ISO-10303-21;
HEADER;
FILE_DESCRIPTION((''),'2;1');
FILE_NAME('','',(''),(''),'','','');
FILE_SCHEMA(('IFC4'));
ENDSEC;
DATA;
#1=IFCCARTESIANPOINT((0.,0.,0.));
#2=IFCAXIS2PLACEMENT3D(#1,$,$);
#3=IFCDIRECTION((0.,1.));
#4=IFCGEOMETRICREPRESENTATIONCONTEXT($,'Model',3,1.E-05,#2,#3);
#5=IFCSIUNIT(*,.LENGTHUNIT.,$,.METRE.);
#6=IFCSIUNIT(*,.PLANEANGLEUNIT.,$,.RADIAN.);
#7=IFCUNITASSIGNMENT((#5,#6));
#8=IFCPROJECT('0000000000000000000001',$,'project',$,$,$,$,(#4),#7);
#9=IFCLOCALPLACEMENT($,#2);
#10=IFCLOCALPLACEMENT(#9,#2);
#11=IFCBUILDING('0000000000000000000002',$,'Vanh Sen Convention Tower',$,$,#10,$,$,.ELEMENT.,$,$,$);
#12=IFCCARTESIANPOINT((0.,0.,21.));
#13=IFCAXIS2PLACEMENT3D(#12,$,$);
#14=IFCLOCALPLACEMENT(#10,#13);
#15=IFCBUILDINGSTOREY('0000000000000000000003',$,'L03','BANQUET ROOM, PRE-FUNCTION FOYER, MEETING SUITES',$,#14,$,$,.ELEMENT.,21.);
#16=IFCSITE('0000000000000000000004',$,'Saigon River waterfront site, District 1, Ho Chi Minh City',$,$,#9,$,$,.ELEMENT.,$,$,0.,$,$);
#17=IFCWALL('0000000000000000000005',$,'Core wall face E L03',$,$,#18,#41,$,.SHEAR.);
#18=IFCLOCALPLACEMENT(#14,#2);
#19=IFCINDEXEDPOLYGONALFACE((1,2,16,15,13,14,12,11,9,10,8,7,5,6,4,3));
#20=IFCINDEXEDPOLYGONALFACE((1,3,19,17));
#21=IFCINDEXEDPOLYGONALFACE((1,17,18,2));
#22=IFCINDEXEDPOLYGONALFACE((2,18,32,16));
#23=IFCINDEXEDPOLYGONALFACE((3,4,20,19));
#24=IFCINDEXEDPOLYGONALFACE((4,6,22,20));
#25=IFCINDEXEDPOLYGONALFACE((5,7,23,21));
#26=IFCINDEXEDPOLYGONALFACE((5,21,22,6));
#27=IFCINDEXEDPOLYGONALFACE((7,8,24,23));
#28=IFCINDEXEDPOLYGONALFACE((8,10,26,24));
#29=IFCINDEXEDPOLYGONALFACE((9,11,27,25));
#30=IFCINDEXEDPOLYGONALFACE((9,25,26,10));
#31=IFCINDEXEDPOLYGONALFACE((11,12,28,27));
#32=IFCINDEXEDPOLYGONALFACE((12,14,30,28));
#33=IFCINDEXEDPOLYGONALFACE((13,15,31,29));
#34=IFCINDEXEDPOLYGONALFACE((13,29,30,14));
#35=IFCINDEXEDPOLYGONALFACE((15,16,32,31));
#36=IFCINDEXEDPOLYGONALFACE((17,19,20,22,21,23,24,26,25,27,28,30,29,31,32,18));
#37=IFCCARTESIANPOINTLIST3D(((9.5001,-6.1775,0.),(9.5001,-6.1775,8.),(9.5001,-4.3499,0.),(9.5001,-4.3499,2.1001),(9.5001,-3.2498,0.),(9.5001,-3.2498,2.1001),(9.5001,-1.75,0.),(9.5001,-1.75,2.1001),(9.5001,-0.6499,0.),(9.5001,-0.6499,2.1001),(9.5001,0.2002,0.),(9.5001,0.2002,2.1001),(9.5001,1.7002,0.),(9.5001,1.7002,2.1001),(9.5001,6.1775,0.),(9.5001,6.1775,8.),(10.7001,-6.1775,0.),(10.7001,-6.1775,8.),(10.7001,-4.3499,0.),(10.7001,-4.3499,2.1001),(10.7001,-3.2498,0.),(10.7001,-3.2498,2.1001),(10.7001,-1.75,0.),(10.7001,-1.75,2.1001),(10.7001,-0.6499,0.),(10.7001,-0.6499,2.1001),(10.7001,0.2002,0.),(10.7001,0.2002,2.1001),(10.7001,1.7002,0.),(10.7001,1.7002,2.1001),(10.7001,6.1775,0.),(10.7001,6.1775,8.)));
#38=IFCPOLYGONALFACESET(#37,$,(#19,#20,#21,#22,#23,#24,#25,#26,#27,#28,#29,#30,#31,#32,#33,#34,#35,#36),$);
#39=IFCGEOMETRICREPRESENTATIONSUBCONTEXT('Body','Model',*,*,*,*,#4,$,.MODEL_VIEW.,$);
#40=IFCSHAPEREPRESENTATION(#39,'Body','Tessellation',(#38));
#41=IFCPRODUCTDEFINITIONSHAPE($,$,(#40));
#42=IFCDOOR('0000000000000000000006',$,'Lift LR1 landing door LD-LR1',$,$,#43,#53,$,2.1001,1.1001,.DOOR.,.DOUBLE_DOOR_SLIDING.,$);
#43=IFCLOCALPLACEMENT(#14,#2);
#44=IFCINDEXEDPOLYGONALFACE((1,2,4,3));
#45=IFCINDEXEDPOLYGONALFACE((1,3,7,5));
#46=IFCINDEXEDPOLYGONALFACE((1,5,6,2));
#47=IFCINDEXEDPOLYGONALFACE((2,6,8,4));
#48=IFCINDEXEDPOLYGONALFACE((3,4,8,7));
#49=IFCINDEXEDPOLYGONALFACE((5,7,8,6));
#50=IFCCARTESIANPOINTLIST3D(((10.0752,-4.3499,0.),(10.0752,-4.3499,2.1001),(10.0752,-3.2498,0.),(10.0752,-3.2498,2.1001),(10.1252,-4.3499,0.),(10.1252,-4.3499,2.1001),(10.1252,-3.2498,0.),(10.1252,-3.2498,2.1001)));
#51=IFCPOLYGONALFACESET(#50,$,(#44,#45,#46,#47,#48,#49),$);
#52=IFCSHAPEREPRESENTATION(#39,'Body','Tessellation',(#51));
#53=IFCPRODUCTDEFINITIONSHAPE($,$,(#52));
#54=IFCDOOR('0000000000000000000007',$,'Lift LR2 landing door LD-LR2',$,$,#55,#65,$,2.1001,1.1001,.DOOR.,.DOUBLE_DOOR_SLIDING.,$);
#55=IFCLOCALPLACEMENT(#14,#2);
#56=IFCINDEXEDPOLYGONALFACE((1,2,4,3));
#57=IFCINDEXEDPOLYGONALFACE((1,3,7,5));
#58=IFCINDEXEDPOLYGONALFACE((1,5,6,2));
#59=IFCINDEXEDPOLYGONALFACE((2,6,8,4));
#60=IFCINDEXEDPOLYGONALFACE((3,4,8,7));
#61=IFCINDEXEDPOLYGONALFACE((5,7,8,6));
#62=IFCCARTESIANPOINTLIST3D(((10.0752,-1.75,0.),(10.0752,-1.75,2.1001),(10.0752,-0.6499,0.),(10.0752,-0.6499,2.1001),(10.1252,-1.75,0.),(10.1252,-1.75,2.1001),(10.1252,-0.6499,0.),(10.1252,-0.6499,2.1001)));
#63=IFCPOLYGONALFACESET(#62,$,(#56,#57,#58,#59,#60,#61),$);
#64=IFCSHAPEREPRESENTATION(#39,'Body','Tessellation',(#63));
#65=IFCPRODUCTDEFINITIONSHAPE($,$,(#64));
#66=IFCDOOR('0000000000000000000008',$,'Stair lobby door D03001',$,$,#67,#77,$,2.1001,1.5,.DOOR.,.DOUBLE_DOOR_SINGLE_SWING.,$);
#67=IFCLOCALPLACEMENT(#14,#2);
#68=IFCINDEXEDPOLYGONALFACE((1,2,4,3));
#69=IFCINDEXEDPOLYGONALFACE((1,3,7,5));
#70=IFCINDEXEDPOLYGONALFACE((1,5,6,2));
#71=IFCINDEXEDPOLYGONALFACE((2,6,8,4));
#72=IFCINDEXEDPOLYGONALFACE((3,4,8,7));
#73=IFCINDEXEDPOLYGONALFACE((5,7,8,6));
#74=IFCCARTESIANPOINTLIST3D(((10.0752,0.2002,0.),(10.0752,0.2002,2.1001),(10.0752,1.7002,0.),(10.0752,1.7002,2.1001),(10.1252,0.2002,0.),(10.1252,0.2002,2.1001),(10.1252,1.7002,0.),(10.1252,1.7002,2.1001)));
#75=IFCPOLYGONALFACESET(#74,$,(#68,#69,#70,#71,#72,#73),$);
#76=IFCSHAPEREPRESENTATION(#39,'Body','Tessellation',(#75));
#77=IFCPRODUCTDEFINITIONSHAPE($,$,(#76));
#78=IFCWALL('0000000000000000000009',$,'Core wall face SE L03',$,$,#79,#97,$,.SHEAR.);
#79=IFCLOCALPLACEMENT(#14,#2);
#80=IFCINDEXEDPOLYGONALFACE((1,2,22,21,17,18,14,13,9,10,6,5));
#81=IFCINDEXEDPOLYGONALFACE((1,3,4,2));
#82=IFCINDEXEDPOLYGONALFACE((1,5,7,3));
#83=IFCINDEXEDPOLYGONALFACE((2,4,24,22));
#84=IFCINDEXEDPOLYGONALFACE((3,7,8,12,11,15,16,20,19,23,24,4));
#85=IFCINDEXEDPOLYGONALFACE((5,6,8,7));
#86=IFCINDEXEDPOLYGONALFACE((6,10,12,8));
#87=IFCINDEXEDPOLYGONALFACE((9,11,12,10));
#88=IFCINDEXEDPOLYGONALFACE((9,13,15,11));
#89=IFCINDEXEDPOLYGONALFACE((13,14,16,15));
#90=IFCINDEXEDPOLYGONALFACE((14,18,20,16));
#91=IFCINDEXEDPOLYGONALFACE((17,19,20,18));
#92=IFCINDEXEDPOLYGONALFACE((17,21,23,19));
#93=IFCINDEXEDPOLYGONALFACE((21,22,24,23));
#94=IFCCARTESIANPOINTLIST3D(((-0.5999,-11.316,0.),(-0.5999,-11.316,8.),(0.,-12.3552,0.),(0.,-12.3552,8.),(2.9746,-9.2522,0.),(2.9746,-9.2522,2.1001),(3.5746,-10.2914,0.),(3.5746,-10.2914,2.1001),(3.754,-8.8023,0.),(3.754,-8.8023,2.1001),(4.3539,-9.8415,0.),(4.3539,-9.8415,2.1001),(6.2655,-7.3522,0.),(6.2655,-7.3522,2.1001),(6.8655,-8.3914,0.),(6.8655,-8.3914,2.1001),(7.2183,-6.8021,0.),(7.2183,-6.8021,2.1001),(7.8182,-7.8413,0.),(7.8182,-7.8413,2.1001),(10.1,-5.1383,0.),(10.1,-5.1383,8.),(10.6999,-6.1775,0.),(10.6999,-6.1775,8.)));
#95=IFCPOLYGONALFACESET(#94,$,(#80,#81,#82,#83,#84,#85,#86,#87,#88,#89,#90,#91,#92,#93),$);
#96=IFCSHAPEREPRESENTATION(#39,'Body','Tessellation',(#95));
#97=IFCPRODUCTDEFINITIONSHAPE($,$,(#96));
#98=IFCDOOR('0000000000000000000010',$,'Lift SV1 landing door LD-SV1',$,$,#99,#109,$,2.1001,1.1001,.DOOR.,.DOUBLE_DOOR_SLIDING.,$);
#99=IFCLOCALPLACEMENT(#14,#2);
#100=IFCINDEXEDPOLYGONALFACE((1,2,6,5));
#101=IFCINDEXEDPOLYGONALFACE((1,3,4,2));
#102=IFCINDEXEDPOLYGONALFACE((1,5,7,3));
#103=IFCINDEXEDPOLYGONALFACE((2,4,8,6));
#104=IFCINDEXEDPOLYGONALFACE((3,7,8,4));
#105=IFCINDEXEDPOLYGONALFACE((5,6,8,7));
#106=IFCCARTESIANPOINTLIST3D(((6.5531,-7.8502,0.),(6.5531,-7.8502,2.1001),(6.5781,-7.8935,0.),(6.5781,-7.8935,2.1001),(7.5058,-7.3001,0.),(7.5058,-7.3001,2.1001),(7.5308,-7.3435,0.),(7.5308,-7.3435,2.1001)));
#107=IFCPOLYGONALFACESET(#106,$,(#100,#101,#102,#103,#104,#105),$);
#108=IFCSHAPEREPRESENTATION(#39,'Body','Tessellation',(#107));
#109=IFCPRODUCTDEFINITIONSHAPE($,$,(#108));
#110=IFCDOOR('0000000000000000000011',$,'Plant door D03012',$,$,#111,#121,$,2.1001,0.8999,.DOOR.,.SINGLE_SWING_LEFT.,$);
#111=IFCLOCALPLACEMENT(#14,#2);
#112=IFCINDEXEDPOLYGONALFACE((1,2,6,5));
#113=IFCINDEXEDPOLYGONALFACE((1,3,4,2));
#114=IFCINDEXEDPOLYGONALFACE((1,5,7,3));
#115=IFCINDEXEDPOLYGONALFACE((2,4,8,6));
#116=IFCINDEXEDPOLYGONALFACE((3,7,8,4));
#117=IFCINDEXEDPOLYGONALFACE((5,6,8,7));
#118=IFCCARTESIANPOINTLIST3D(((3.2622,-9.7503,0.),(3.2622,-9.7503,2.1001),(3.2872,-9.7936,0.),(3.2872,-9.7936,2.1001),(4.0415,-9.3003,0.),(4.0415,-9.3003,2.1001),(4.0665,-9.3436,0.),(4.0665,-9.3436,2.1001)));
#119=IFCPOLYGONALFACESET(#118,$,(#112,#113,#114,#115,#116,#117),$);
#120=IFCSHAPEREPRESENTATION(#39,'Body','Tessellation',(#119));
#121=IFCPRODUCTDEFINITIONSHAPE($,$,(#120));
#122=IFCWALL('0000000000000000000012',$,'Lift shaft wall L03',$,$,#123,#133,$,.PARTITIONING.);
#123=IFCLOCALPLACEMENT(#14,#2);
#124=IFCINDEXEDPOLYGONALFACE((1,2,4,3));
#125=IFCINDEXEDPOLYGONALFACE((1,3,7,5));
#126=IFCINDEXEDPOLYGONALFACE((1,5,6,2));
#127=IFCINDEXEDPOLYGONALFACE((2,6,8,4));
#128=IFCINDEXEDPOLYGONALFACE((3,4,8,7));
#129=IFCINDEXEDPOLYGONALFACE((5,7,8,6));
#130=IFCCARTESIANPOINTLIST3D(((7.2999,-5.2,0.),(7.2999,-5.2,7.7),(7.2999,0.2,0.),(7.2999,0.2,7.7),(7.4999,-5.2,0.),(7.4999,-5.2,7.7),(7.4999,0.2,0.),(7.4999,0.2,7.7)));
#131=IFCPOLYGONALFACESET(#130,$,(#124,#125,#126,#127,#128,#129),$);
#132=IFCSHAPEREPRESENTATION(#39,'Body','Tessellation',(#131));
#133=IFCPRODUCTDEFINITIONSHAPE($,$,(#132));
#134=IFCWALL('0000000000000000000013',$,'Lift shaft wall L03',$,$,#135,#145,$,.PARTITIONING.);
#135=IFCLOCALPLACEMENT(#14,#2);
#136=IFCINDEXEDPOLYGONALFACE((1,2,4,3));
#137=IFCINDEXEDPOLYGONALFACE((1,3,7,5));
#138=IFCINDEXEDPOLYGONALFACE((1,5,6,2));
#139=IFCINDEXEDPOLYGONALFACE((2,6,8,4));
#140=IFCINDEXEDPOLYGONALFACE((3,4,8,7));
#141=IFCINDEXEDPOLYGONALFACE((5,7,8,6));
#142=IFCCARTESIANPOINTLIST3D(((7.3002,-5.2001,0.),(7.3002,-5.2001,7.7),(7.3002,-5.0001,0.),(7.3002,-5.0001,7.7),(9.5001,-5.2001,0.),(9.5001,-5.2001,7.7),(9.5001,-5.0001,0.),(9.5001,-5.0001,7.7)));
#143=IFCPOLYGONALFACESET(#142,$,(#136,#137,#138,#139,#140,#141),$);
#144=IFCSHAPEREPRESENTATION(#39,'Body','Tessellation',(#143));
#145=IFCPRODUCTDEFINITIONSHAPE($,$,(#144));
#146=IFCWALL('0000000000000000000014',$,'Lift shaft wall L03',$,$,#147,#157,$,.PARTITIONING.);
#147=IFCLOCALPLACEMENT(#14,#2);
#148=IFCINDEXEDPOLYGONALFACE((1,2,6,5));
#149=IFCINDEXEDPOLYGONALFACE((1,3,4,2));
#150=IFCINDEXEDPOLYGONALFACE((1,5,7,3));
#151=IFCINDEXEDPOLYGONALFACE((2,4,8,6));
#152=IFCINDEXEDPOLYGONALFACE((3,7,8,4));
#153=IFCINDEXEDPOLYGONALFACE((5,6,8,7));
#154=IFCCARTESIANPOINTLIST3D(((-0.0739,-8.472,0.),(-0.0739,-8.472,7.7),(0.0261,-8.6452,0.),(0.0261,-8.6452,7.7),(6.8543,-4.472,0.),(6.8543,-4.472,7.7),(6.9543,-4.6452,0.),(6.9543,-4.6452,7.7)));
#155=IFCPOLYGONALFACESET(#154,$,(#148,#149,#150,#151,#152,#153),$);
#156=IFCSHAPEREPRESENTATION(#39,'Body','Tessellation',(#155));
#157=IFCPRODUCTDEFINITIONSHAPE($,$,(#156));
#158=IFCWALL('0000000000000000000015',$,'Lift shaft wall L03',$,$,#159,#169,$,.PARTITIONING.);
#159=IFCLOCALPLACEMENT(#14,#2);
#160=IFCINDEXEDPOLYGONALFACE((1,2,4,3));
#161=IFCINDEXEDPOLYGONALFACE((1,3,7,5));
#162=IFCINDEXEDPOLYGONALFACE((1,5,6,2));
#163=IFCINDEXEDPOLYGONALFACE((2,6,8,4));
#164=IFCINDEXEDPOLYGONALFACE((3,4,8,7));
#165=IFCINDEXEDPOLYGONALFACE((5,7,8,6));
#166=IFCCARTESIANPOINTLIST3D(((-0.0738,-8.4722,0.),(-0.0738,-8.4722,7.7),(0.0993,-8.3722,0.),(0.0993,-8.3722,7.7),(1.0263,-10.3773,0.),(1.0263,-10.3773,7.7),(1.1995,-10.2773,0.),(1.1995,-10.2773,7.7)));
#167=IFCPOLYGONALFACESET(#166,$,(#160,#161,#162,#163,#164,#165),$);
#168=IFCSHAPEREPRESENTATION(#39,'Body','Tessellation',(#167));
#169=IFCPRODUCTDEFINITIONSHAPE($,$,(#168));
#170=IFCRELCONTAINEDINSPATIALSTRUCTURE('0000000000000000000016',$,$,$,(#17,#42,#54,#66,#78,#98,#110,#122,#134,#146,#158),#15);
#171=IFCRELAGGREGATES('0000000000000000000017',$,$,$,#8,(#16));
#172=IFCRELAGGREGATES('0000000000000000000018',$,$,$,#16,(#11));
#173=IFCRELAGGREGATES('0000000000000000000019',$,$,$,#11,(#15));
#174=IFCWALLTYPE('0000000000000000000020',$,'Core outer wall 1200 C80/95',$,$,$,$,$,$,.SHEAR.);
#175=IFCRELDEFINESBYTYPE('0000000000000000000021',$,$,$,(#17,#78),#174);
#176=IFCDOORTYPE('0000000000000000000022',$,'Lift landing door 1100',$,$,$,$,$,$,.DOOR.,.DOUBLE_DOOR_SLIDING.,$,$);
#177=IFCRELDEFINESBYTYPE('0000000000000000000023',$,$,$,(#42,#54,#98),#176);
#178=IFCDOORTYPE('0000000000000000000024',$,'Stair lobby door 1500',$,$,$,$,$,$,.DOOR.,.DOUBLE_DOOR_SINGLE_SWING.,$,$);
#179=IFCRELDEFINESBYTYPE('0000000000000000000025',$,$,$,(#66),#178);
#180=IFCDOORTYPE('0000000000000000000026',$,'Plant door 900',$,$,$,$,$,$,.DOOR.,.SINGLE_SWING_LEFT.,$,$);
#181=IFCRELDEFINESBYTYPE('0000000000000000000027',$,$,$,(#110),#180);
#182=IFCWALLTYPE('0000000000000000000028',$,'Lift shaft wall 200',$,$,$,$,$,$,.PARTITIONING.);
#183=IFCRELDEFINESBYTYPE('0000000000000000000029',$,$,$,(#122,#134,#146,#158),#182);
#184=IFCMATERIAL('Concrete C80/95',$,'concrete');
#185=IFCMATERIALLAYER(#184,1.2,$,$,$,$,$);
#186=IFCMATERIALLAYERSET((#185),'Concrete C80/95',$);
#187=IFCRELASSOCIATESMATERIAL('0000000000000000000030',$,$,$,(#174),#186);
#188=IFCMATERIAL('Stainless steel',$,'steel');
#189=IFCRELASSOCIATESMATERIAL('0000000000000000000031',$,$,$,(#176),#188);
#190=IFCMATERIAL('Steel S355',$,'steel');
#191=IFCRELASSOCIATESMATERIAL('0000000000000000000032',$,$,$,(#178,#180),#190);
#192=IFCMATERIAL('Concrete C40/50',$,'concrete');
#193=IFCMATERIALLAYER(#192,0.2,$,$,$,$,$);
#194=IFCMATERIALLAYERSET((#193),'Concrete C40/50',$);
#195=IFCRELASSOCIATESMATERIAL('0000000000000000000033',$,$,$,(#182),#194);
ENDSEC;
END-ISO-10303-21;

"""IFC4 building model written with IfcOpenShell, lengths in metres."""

from ifc_helpers import new_model, si_unit, direction, frame, frame_2d, origin, place, context, subcontext, project, spatial, rectangle, extrude, material, layer, layer_set, type_object, element, fill, save


model = new_model("IFC4")

# Units and contexts
model_context = context("Model", 3, precision=1e-05, world=origin(), true_north=direction((0.0, 1.0)))
body_context = subcontext(model_context, "Body", "Model", "MODEL_VIEW")
ifc_project = project(units=[si_unit("LENGTHUNIT", "METRE"), si_unit("PLANEANGLEUNIT", "RADIAN")], contexts=[model_context])

# Site, building, storey
site_placement = place(None, origin())
site = spatial("IfcSite", under=ifc_project, at=site_placement, Name="Saigon River waterfront site, District 1, Ho Chi Minh City", CompositionType="ELEMENT", RefElevation=0.0)
building_placement = place(site_placement, origin())
building = spatial("IfcBuilding", under=site, at=building_placement, Name="Vanh Sen Convention Tower", CompositionType="ELEMENT")
storey_placement = place(building_placement, frame((0.0, 0.0, 21.0)))
storey = spatial("IfcBuildingStorey", under=building, at=storey_placement, Name="L03", Description="BANQUET ROOM, PRE-FUNCTION FOYER, MEETING SUITES", CompositionType="ELEMENT", Elevation=21.0)

# Walls, openings, doors
ifc_material_1 = material(Name="Concrete C80/95", Category="concrete")
ifc_layer_1 = layer(ifc_material_1, 1.2)
ifc_layer_set_1 = layer_set([ifc_layer_1], Name="Concrete C80/95")
wall_type_1 = type_object("IfcWallType", Name="Core outer wall 1200 C80/95", PredefinedType="SHEAR", material=ifc_layer_set_1)
wall_1_placement = place(storey_placement, frame((10.1001, -6.1775, 0.0), z_axis=(0.0, 0.0, 1.0), x_axis=(0.0, 1.0, 0.0)))
wall_1 = element("IfcWall", 1, at=wall_1_placement, inside=storey, type_object=wall_type_1, Name="Core wall face E L03", PredefinedType="SHEAR", context=body_context, shape_type="SweptSolid", body=[
    extrude(rectangle(XDim=12.355, YDim=1.2, at=frame_2d((6.1775, 0.0))), origin(), (0.0, 0.0, 1.0), 8.0),
])
opening_1_placement = place(wall_1_placement, frame((6.3777, 0.0, 0.0)))
opening_1 = element("IfcOpeningElement", 2, at=opening_1_placement, cuts=wall_1, PredefinedType="OPENING", context=body_context, shape_type="SweptSolid", body=[
    extrude(rectangle(XDim=1.5, YDim=2.1001, at=frame_2d((0.75, 1.05))), frame((0.0, 0.6099, 0.0), z_axis=(0.0, -1.0, 0.0), x_axis=(1.0, 0.0, 0.0)), (0.0, 0.0, 1.0), 1.22),
])
opening_2_placement = place(wall_1_placement, frame((1.8276, 0.0, 0.0)))
opening_2 = element("IfcOpeningElement", 3, at=opening_2_placement, cuts=wall_1, PredefinedType="OPENING", context=body_context, shape_type="SweptSolid", body=[
    extrude(rectangle(XDim=1.1001, YDim=2.1001, at=frame_2d((0.55, 1.05))), frame((0.0, 0.6099, 0.0), z_axis=(0.0, -1.0, 0.0), x_axis=(1.0, 0.0, 0.0)), (0.0, 0.0, 1.0), 1.22),
])
opening_3_placement = place(wall_1_placement, frame((4.4275, 0.0, 0.0)))
opening_3 = element("IfcOpeningElement", 4, at=opening_3_placement, cuts=wall_1, PredefinedType="OPENING", context=body_context, shape_type="SweptSolid", body=[
    extrude(rectangle(XDim=1.1001, YDim=2.1001, at=frame_2d((0.55, 1.05))), frame((0.0, 0.6099, 0.0), z_axis=(0.0, -1.0, 0.0), x_axis=(1.0, 0.0, 0.0)), (0.0, 0.0, 1.0), 1.22),
])
ifc_material_2 = material(Name="Stainless steel", Category="steel")
door_type_1 = type_object("IfcDoorType", Name="Lift landing door 1100", OperationType="DOUBLE_DOOR_SLIDING", PredefinedType="DOOR", material=ifc_material_2)
door_1_placement = place(opening_2_placement, origin())
door_1 = element("IfcDoor", 5, at=door_1_placement, inside=storey, type_object=door_type_1, Name="Lift LR1 landing door LD-LR1", OperationType="DOUBLE_DOOR_SLIDING", OverallHeight=2.1001, OverallWidth=1.1001, PredefinedType="DOOR", context=body_context, shape_type="SweptSolid", body=[
    extrude(rectangle(XDim=1.1001, YDim=2.1001, at=frame_2d((0.55, 1.05))), frame((0.0, 0.0249, 0.0), z_axis=(0.0, -1.0, 0.0), x_axis=(1.0, 0.0, 0.0)), (0.0, 0.0, 1.0), 0.05),
])
fill(opening_2, door_1)
door_2_placement = place(opening_3_placement, origin())
door_2 = element("IfcDoor", 6, at=door_2_placement, inside=storey, type_object=door_type_1, Name="Lift LR2 landing door LD-LR2", OperationType="DOUBLE_DOOR_SLIDING", OverallHeight=2.1001, OverallWidth=1.1001, PredefinedType="DOOR", context=body_context, shape_type="SweptSolid", body=[
    extrude(rectangle(XDim=1.1001, YDim=2.1001, at=frame_2d((0.55, 1.05))), frame((0.0, 0.0249, 0.0), z_axis=(0.0, -1.0, 0.0), x_axis=(1.0, 0.0, 0.0)), (0.0, 0.0, 1.0), 0.05),
])
fill(opening_3, door_2)
ifc_material_3 = material(Name="Steel S355", Category="steel")
door_type_2 = type_object("IfcDoorType", Name="Stair lobby door 1500", OperationType="DOUBLE_DOOR_SINGLE_SWING", PredefinedType="DOOR", material=ifc_material_3)
door_3_placement = place(opening_1_placement, origin())
door_3 = element("IfcDoor", 7, at=door_3_placement, inside=storey, type_object=door_type_2, Name="Stair lobby door D03001", OperationType="DOUBLE_DOOR_SINGLE_SWING", OverallHeight=2.1001, OverallWidth=1.5, PredefinedType="DOOR", context=body_context, shape_type="SweptSolid", body=[
    extrude(rectangle(XDim=1.5, YDim=2.1001, at=frame_2d((0.75, 1.05))), frame((0.0, 0.0249, 0.0), z_axis=(0.0, -1.0, 0.0), x_axis=(1.0, 0.0, 0.0)), (0.0, 0.0, 1.0), 0.05),
])
fill(opening_1, door_3)
wall_2_placement = place(storey_placement, frame((-0.3, -11.8357, 0.0), z_axis=(0.0, 0.0, 1.0), x_axis=(0.866021, 0.500007, 0.0)))
wall_2 = element("IfcWall", 8, at=wall_2_placement, inside=storey, type_object=wall_type_1, Name="Core wall face SE L03", PredefinedType="SHEAR", context=body_context, shape_type="SweptSolid", body=[
    extrude(rectangle(XDim=12.3552, YDim=1.2, at=frame_2d((6.1777, 0.0))), origin(), (0.0, 0.0, 1.0), 8.0),
])
opening_4_placement = place(wall_2_placement, frame((4.1277, 0.0, 0.0)))
opening_4 = element("IfcOpeningElement", 9, at=opening_4_placement, cuts=wall_2, PredefinedType="OPENING", context=body_context, shape_type="SweptSolid", body=[
    extrude(rectangle(XDim=0.8999, YDim=2.1001, at=frame_2d((0.45, 1.05))), frame((0.0, 0.6099, 0.0), z_axis=(0.0, -1.0, 0.0), x_axis=(1.0, 0.0, 0.0)), (0.0, 0.0, 1.0), 1.22),
])
opening_5_placement = place(wall_2_placement, frame((7.9277, 0.0, 0.0)))
opening_5 = element("IfcOpeningElement", 10, at=opening_5_placement, cuts=wall_2, PredefinedType="OPENING", context=body_context, shape_type="SweptSolid", body=[
    extrude(rectangle(XDim=1.1001, YDim=2.1001, at=frame_2d((0.55, 1.05))), frame((0.0, 0.6099, 0.0), z_axis=(0.0, -1.0, 0.0), x_axis=(1.0, 0.0, 0.0)), (0.0, 0.0, 1.0), 1.22),
])
door_4_placement = place(opening_5_placement, origin())
door_4 = element("IfcDoor", 11, at=door_4_placement, inside=storey, type_object=door_type_1, Name="Lift SV1 landing door LD-SV1", OperationType="DOUBLE_DOOR_SLIDING", OverallHeight=2.1001, OverallWidth=1.1001, PredefinedType="DOOR", context=body_context, shape_type="SweptSolid", body=[
    extrude(rectangle(XDim=1.1001, YDim=2.1001, at=frame_2d((0.55, 1.05))), frame((0.0, 0.0249, 0.0), z_axis=(0.0, -1.0, 0.0), x_axis=(1.0, 0.0, 0.0)), (0.0, 0.0, 1.0), 0.05),
])
fill(opening_5, door_4)
door_type_3 = type_object("IfcDoorType", Name="Plant door 900", OperationType="SINGLE_SWING_LEFT", PredefinedType="DOOR", material=ifc_material_3)
door_5_placement = place(opening_4_placement, origin())
door_5 = element("IfcDoor", 12, at=door_5_placement, inside=storey, type_object=door_type_3, Name="Plant door D03012", OperationType="SINGLE_SWING_LEFT", OverallHeight=2.1001, OverallWidth=0.8999, PredefinedType="DOOR", context=body_context, shape_type="SweptSolid", body=[
    extrude(rectangle(XDim=0.8999, YDim=2.1001, at=frame_2d((0.45, 1.05))), frame((0.0, 0.0249, 0.0), z_axis=(0.0, -1.0, 0.0), x_axis=(1.0, 0.0, 0.0)), (0.0, 0.0, 1.0), 0.05),
])
fill(opening_4, door_5)

# Walls
ifc_material_4 = material(Name="Concrete C40/50", Category="concrete")
ifc_layer_2 = layer(ifc_material_4, 0.2)
ifc_layer_set_2 = layer_set([ifc_layer_2], Name="Concrete C40/50")
wall_type_2 = type_object("IfcWallType", Name="Lift shaft wall 200", PredefinedType="PARTITIONING", material=ifc_layer_set_2)
wall_3_placement = place(storey_placement, frame((7.3999, -5.2, 0.0), z_axis=(0.0, 0.0, 1.0), x_axis=(0.0, 1.0, 0.0)))
element("IfcWall", 13, at=wall_3_placement, inside=storey, type_object=wall_type_2, Name="Lift shaft wall L03", PredefinedType="PARTITIONING", context=body_context, shape_type="SweptSolid", body=[
    extrude(rectangle(XDim=5.3999, YDim=0.2, at=frame_2d((2.7, 0.0))), origin(), (0.0, 0.0, 1.0), 7.7),
])
wall_4_placement = place(storey_placement, frame((7.3, -5.1001, 0.0), z_axis=(0.0, 0.0, 1.0), x_axis=(1.0, 0.0, 0.0)))
element("IfcWall", 14, at=wall_4_placement, inside=storey, type_object=wall_type_2, Name="Lift shaft wall L03", PredefinedType="PARTITIONING", context=body_context, shape_type="SweptSolid", body=[
    extrude(rectangle(XDim=2.2, YDim=0.2, at=frame_2d((1.1001, 0.0))), origin(), (0.0, 0.0, 1.0), 7.7),
])
wall_5_placement = place(storey_placement, frame((-0.0239, -8.5586, 0.0), z_axis=(0.0, 0.0, 1.0), x_axis=(0.866026, 0.499999, 0.0)))
element("IfcWall", 15, at=wall_5_placement, inside=storey, type_object=wall_type_2, Name="Lift shaft wall L03", PredefinedType="PARTITIONING", context=body_context, shape_type="SweptSolid", body=[
    extrude(rectangle(XDim=8.0, YDim=0.2, at=frame_2d((4.0, 0.0))), origin(), (0.0, 0.0, 1.0), 7.7),
])
for number, where, z_axis, x_axis, name in (
    (16, (0.0127, -8.4221, 0.0), (0.0, 0.0, 1.0), (0.500078, -0.86598, 0.0), "Lift shaft wall L03"),
):
    element("IfcWall", number, at=place(storey_placement, frame(where, z_axis=z_axis, x_axis=x_axis)), inside=storey, type_object=wall_type_2, Name=name, PredefinedType="PARTITIONING", context=body_context, shape_type="SweptSolid", body=[
        extrude(rectangle(XDim=2.2, YDim=0.2, at=frame_2d((1.1001, 0.0))), origin(), (0.0, 0.0, 1.0), 7.7),
    ])

save(model, "model.ifc")
